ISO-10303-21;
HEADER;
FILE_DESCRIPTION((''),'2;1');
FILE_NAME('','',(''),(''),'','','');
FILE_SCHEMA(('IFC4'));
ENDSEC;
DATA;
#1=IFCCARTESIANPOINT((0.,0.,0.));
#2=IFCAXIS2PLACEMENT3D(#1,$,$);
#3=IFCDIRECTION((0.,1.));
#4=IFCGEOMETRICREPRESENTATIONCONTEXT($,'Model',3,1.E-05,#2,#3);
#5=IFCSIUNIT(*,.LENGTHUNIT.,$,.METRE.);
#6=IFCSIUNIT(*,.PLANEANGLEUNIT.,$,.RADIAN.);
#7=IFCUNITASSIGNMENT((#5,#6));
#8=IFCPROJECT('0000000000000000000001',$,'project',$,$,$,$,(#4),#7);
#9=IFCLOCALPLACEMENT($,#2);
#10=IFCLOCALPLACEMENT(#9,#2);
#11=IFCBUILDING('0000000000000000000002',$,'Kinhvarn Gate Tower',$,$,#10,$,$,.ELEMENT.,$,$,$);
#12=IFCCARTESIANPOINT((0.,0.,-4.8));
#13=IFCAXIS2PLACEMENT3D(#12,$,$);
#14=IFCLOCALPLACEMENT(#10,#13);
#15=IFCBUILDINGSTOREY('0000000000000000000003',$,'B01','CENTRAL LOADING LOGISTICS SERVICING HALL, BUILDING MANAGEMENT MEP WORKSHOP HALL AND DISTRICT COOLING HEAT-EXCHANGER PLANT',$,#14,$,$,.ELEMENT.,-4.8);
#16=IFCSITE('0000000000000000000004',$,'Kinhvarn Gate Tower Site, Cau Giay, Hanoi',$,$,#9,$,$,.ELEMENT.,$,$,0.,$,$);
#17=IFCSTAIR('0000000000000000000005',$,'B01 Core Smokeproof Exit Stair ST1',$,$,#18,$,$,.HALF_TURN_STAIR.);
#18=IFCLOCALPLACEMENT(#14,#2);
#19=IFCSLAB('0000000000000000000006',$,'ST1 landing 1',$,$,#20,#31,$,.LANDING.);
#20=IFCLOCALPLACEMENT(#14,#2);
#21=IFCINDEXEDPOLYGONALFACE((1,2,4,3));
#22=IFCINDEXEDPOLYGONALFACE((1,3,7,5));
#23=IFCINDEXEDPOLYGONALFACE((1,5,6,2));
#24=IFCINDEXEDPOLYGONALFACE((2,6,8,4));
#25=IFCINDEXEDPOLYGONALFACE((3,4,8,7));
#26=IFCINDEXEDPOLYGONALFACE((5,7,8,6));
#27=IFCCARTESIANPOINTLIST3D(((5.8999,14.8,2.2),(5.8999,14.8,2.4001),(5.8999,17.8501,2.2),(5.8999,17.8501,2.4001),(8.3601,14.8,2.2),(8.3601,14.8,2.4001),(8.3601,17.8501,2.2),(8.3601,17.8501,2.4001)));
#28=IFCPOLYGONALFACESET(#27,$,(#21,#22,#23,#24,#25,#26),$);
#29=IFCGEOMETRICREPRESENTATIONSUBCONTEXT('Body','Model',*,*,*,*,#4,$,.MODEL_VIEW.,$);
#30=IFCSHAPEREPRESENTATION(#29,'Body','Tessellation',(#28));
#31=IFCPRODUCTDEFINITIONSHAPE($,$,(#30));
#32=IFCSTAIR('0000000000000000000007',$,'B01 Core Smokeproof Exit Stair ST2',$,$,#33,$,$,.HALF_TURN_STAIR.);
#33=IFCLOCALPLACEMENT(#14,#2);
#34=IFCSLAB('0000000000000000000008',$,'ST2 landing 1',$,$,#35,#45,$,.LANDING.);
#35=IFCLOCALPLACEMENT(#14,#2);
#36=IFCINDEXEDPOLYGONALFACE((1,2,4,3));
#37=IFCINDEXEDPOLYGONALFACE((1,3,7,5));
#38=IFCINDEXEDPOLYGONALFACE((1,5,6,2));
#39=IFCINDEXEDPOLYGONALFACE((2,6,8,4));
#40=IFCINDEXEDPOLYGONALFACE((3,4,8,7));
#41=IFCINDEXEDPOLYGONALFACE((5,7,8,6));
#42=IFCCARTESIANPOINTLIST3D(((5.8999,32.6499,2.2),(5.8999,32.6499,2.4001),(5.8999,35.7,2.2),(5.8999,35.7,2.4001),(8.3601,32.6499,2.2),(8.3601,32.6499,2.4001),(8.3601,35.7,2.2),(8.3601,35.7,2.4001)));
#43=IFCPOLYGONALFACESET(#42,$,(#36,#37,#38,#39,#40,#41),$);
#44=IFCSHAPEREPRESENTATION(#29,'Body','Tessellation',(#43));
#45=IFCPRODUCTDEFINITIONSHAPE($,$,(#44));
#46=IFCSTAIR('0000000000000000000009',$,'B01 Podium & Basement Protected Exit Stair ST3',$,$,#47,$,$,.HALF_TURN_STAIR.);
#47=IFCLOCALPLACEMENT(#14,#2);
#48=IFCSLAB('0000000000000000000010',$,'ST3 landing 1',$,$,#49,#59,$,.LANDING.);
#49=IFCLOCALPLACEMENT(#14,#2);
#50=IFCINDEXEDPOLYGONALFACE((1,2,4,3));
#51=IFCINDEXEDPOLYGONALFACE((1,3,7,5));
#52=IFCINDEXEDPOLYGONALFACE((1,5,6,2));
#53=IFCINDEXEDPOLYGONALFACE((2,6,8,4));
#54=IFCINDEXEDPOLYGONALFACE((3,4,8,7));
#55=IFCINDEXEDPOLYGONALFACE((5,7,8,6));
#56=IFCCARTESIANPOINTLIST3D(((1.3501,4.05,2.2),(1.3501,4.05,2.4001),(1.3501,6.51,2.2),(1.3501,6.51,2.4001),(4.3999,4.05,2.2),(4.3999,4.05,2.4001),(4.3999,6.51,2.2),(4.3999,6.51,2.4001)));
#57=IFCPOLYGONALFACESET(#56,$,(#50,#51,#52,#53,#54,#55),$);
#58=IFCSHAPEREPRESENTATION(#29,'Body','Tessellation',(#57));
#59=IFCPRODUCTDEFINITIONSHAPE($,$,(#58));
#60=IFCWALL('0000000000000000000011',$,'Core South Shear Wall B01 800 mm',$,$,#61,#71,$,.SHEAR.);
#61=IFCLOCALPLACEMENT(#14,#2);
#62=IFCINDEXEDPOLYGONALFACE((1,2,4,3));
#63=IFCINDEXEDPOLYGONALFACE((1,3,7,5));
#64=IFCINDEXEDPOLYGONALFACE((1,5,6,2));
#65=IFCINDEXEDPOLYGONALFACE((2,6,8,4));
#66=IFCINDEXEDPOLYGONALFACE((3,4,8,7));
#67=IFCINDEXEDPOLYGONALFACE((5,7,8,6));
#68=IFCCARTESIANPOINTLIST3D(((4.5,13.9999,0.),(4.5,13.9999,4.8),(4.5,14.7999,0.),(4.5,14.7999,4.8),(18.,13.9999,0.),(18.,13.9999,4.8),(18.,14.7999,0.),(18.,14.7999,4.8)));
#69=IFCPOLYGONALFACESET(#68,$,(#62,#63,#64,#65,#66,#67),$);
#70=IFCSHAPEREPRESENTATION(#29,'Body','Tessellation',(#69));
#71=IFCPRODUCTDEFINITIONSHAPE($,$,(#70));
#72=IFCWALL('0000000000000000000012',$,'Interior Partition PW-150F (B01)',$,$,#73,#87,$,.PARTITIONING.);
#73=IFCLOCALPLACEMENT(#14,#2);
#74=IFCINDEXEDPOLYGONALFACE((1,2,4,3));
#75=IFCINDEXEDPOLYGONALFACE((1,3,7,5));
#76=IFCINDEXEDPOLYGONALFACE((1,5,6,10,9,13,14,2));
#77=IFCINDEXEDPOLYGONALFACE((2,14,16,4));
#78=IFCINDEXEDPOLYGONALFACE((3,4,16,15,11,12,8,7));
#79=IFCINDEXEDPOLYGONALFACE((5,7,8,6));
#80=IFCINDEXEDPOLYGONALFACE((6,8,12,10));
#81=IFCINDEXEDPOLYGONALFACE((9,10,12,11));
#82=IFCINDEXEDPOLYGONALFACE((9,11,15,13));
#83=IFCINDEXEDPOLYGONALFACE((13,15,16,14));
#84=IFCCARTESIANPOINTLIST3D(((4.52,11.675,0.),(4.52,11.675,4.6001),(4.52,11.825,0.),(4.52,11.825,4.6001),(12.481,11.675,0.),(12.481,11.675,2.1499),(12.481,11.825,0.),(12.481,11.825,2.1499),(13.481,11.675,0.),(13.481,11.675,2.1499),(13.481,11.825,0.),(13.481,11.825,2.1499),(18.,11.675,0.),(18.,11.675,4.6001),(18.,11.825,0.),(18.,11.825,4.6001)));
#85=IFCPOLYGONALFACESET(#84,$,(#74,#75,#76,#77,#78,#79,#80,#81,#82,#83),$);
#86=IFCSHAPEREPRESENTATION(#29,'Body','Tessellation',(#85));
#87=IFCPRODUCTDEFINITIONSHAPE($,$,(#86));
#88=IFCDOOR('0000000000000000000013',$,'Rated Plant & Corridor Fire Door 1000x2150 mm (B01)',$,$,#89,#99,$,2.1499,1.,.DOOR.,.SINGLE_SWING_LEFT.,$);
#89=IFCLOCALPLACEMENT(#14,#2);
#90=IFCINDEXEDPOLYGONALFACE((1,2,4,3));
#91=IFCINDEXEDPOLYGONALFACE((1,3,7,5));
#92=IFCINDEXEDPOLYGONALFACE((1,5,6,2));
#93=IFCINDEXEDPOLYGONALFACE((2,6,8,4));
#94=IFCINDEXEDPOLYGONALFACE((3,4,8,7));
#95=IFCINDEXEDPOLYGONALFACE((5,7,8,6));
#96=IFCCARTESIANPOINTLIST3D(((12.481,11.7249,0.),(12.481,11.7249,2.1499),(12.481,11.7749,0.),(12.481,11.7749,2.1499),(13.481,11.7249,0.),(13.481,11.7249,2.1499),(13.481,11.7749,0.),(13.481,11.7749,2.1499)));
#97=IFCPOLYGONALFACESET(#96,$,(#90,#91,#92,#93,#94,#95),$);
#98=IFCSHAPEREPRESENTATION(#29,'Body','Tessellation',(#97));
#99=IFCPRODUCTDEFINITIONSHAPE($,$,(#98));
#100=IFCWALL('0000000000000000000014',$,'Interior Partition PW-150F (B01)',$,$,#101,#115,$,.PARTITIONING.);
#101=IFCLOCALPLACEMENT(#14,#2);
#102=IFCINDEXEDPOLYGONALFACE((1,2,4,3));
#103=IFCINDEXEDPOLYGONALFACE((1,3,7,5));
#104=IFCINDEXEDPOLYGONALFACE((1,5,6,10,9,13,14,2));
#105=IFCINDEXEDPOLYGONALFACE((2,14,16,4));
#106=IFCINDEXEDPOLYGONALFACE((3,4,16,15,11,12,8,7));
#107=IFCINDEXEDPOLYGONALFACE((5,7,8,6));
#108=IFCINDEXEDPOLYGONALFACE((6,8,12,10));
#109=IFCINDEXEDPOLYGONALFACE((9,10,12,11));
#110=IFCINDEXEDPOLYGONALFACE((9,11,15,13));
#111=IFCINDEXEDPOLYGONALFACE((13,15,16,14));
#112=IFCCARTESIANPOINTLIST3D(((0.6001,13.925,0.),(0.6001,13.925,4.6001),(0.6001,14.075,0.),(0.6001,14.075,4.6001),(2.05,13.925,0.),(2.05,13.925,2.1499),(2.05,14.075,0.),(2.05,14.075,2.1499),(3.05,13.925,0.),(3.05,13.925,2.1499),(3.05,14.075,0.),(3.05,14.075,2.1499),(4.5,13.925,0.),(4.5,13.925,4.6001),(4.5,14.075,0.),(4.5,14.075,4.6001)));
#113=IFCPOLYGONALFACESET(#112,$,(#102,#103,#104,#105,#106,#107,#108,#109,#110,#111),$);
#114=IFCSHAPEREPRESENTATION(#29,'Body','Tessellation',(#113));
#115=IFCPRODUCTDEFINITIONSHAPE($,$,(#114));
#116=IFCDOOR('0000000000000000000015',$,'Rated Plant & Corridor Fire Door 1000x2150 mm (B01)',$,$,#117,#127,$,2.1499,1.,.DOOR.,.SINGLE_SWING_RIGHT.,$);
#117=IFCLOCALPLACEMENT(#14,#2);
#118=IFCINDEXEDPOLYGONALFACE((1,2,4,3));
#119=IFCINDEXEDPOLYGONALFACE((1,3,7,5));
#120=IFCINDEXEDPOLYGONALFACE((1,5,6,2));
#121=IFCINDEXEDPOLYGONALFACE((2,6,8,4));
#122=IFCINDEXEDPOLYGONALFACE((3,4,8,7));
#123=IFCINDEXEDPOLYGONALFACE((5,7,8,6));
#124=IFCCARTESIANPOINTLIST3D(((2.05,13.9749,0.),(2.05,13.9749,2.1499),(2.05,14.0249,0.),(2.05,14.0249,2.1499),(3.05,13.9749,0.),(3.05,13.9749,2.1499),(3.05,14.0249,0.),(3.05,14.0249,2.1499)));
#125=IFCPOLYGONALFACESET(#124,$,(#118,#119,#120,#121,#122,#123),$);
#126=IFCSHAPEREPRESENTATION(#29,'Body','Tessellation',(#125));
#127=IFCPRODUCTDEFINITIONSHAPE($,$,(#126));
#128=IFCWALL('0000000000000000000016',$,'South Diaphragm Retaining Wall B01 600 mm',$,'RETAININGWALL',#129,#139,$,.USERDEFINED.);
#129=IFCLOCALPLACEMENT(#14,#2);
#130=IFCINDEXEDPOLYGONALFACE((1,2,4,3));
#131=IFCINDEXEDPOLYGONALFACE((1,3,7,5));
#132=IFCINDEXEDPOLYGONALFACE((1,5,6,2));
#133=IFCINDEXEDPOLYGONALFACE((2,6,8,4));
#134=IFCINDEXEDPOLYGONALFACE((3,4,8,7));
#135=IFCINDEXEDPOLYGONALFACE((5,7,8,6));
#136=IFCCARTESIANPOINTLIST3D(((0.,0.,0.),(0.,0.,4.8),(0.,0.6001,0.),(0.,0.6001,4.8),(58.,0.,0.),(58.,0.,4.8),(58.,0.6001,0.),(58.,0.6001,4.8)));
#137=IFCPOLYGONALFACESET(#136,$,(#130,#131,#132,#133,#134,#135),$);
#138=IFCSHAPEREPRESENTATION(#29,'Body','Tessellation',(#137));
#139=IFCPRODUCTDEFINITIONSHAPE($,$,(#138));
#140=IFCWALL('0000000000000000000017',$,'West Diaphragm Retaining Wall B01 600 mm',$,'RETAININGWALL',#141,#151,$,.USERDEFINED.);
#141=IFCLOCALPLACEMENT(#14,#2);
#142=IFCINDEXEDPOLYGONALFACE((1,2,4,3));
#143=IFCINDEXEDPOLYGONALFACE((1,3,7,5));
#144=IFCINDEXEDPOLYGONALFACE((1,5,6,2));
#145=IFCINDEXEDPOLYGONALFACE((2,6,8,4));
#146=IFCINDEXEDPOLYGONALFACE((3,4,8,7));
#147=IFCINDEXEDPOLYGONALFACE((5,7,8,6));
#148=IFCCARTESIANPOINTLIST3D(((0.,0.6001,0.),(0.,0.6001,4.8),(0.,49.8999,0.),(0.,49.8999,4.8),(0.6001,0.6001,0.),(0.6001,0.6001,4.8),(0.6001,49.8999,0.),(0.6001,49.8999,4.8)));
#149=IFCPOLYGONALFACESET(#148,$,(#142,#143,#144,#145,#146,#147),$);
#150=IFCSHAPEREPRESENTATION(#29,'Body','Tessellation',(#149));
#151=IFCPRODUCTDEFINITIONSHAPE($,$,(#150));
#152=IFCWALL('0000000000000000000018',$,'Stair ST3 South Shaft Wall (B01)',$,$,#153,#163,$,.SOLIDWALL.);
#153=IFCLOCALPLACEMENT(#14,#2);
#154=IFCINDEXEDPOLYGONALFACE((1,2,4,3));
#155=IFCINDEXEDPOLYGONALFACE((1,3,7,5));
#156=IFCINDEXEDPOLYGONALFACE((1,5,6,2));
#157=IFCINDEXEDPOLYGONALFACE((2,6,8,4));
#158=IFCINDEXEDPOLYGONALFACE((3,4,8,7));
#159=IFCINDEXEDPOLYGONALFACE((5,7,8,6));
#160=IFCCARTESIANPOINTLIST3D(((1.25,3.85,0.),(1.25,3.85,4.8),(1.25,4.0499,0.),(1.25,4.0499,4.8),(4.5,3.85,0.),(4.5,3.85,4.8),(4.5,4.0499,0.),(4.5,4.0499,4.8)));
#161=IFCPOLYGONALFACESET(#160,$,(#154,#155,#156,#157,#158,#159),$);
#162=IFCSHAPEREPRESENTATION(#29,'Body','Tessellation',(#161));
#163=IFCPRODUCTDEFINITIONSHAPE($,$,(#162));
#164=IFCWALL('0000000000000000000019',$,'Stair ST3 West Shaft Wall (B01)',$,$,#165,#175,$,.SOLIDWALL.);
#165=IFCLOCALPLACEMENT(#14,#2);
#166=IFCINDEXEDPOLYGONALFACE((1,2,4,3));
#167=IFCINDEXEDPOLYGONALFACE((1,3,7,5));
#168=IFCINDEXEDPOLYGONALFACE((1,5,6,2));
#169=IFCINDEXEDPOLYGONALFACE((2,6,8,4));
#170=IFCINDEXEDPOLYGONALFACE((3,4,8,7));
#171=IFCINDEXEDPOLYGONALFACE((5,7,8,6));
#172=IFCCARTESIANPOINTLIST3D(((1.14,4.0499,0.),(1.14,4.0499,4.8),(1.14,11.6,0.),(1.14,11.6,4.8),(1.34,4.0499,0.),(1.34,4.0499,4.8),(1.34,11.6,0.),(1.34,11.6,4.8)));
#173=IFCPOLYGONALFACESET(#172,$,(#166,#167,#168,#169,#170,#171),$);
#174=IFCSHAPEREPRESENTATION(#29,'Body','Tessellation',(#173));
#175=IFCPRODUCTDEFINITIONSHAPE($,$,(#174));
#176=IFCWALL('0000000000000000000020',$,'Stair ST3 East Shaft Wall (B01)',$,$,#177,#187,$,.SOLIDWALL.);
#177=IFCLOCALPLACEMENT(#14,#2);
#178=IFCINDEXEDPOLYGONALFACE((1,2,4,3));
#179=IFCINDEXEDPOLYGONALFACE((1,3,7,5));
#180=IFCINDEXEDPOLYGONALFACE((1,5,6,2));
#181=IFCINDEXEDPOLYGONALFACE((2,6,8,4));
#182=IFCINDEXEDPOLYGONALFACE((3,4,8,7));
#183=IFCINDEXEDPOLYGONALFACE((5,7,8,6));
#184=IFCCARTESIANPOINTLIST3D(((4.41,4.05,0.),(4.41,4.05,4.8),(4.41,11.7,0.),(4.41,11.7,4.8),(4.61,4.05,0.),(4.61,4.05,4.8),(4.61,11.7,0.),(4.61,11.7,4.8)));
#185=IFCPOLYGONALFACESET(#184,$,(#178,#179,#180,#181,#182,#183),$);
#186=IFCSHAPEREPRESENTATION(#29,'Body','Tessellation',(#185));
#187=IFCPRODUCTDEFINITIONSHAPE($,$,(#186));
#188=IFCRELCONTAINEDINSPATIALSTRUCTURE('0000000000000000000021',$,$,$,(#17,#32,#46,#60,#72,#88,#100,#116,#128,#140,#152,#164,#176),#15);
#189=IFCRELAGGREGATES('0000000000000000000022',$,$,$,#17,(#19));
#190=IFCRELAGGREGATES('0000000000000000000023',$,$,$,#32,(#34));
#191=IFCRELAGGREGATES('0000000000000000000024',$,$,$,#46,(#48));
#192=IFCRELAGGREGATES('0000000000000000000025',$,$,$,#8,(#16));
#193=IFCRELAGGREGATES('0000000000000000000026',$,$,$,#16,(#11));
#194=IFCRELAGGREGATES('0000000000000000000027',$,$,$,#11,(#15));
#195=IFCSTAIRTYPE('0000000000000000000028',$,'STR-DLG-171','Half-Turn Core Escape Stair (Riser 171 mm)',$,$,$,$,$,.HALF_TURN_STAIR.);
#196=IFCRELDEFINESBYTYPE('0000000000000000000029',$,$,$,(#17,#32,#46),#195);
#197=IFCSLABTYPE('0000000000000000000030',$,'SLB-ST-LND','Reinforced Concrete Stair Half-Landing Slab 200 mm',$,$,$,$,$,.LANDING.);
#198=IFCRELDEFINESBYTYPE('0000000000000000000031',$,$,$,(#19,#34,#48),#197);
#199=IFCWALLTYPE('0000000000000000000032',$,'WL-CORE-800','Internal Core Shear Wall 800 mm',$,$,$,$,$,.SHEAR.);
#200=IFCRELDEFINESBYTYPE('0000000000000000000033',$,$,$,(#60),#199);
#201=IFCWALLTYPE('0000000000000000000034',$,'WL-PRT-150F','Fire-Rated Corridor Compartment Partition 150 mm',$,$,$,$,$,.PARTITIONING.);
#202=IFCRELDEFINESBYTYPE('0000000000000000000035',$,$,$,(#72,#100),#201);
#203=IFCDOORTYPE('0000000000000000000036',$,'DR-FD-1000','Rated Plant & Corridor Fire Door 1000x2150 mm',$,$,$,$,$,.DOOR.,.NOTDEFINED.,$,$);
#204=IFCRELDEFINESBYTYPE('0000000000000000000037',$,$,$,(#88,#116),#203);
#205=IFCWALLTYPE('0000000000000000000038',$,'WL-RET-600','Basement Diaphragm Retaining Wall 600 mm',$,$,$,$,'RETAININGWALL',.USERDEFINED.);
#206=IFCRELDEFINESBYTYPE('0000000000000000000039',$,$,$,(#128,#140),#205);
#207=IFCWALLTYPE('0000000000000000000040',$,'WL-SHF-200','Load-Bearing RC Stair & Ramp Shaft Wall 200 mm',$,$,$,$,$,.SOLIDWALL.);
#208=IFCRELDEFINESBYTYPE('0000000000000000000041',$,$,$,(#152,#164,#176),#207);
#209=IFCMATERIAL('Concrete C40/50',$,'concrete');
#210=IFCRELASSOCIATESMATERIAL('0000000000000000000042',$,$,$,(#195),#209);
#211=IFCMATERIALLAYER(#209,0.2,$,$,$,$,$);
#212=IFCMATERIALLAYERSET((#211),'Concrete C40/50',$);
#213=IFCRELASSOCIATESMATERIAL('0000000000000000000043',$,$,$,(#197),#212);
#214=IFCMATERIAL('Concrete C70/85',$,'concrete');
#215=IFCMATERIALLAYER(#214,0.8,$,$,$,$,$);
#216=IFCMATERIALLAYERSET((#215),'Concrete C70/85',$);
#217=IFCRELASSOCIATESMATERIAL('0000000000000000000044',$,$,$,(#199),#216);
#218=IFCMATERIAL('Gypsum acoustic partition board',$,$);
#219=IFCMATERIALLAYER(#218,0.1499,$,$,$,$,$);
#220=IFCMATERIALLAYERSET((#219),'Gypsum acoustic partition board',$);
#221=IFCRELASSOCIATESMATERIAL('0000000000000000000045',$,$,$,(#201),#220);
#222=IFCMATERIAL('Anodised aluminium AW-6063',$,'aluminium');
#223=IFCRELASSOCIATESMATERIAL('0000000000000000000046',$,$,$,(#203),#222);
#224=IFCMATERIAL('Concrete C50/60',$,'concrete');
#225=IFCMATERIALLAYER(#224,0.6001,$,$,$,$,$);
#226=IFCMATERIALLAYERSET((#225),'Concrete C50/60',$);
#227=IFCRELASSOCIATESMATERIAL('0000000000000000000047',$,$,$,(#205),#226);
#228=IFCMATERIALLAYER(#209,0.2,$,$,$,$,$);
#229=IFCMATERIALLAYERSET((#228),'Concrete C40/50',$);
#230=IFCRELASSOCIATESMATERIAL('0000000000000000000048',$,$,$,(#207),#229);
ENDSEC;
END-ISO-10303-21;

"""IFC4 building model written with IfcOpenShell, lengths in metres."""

from ifc_helpers import new_model, si_unit, direction, frame, frame_2d, origin, place, context, subcontext, project, spatial, polyline, rectangle, outline, extrude, material, layer, layer_set, type_object, element, fill, aggregate, save


model = new_model("IFC4")

# Units and contexts
model_context = context("Model", 3, precision=1e-05, world=origin(), true_north=direction((0.0, 1.0)))
body_context = subcontext(model_context, "Body", "Model", "MODEL_VIEW")
ifc_project = project(units=[si_unit("LENGTHUNIT", "METRE"), si_unit("PLANEANGLEUNIT", "RADIAN")], contexts=[model_context])

# Site, building, storey
site_placement = place(None, origin())
site = spatial("IfcSite", under=ifc_project, at=site_placement, Name="Kinhvarn Gate Tower Site, Cau Giay, Hanoi", CompositionType="ELEMENT", RefElevation=0.0)
building_placement = place(site_placement, origin())
building = spatial("IfcBuilding", under=site, at=building_placement, Name="Kinhvarn Gate Tower", CompositionType="ELEMENT")
storey_placement = place(building_placement, frame((0.0, 0.0, -4.8)))
storey = spatial("IfcBuildingStorey", under=building, at=storey_placement, Name="B01", Description="CENTRAL LOADING LOGISTICS SERVICING HALL, BUILDING MANAGEMENT MEP WORKSHOP HALL AND DISTRICT COOLING HEAT-EXCHANGER PLANT", CompositionType="ELEMENT", Elevation=-4.8)

# Shared definitions
ifc_material_1 = material(Name="Concrete C50/60", Category="concrete")

# Shared definitions
ifc_material_2 = material(Name="Concrete C40/50", Category="concrete")

# Stairs, slabs
stair_type = type_object("IfcStairType", Name="STR-DLG-171", Description="Half-Turn Core Escape Stair (Riser 171 mm)", PredefinedType="HALF_TURN_STAIR", material=ifc_material_2)
stair_1_placement = place(storey_placement, origin())
stair_1 = element("IfcStair", 1, at=stair_1_placement, inside=storey, type_object=stair_type, Name="B01 Core Smokeproof Exit Stair ST1", PredefinedType="HALF_TURN_STAIR")
ifc_layer_1 = layer(ifc_material_2, 0.2)
ifc_layer_set_1 = layer_set([ifc_layer_1], Name="Concrete C40/50")
slab_type_1 = type_object("IfcSlabType", Name="SLB-ST-LND", Description="Reinforced Concrete Stair Half-Landing Slab 200 mm", PredefinedType="LANDING", material=ifc_layer_set_1)
slab_1_placement = place(storey_placement, frame((0.0, 0.0, 2.2)))
slab_1 = element("IfcSlab", 2, at=slab_1_placement, type_object=slab_type_1, Name="ST1 landing 1", PredefinedType="LANDING", context=body_context, shape_type="SweptSolid", body=[
    extrude(outline(polyline([(8.3601, 17.8501), (5.8999, 17.8501), (5.8999, 14.8), (8.3601, 14.8), (8.3601, 17.8501)])), origin(), (0.0, 0.0, 1.0), 0.2002),
])
aggregate(stair_1, [slab_1])
stair_2_placement = place(storey_placement, origin())
stair_2 = element("IfcStair", 3, at=stair_2_placement, inside=storey, type_object=stair_type, Name="B01 Core Smokeproof Exit Stair ST2", PredefinedType="HALF_TURN_STAIR")
slab_2_placement = place(storey_placement, frame((0.0, 0.0, 2.2)))
slab_2 = element("IfcSlab", 4, at=slab_2_placement, type_object=slab_type_1, Name="ST2 landing 1", PredefinedType="LANDING", context=body_context, shape_type="SweptSolid", body=[
    extrude(outline(polyline([(8.3601, 35.7), (5.8999, 35.7), (5.8999, 32.6499), (8.3601, 32.6499), (8.3601, 35.7)])), origin(), (0.0, 0.0, 1.0), 0.2002),
])
aggregate(stair_2, [slab_2])
stair_3_placement = place(storey_placement, origin())
stair_3 = element("IfcStair", 5, at=stair_3_placement, inside=storey, type_object=stair_type, Name="B01 Podium & Basement Protected Exit Stair ST3", PredefinedType="HALF_TURN_STAIR")
slab_3_placement = place(storey_placement, frame((0.0, 0.0, 2.2)))
slab_3 = element("IfcSlab", 6, at=slab_3_placement, type_object=slab_type_1, Name="ST3 landing 1", PredefinedType="LANDING", context=body_context, shape_type="SweptSolid", body=[
    extrude(outline(polyline([(1.3501, 6.51), (1.3501, 4.05), (4.3999, 4.05), (4.3999, 6.51), (1.3501, 6.51)])), origin(), (0.0, 0.0, 1.0), 0.2002),
])

# Wall
ifc_material_3 = material(Name="Concrete C70/85", Category="concrete")
ifc_layer_2 = layer(ifc_material_3, 0.8)
ifc_layer_set_2 = layer_set([ifc_layer_2], Name="Concrete C70/85")
wall_type_1 = type_object("IfcWallType", Name="WL-CORE-800", Description="Internal Core Shear Wall 800 mm", PredefinedType="SHEAR", material=ifc_layer_set_2)
wall_1_placement = place(storey_placement, frame((4.5, 14.3999, 0.0), z_axis=(0.0, 0.0, 1.0), x_axis=(1.0, 0.0, 0.0)))
element("IfcWall", 7, at=wall_1_placement, inside=storey, type_object=wall_type_1, Name="Core South Shear Wall B01 800 mm", PredefinedType="SHEAR", context=body_context, shape_type="SweptSolid", body=[
    extrude(rectangle(XDim=13.5, YDim=0.8, at=frame_2d((6.75, 0.0))), origin(), (0.0, 0.0, 1.0), 4.8),
])

# Walls, openings, doors
ifc_material_4 = material(Name="Gypsum acoustic partition board")
ifc_layer_3 = layer(ifc_material_4, 0.1499)
ifc_layer_set_3 = layer_set([ifc_layer_3], Name="Gypsum acoustic partition board")
wall_type_2 = type_object("IfcWallType", Name="WL-PRT-150F", Description="Fire-Rated Corridor Compartment Partition 150 mm", PredefinedType="PARTITIONING", material=ifc_layer_set_3)
wall_2_placement = place(storey_placement, frame((4.52, 11.75, 0.0), z_axis=(0.0, 0.0, 1.0), x_axis=(1.0, 0.0, 0.0)))
wall_2 = element("IfcWall", 8, at=wall_2_placement, inside=storey, type_object=wall_type_2, Name="Interior Partition PW-150F (B01)", PredefinedType="PARTITIONING", context=body_context, shape_type="SweptSolid", body=[
    extrude(rectangle(XDim=13.48, YDim=0.1499, at=frame_2d((6.74, 0.0))), origin(), (0.0, 0.0, 1.0), 4.6001),
])
opening_1_placement = place(wall_2_placement, frame((7.9609, 0.0, 0.0)))
opening_1 = element("IfcOpeningElement", 9, at=opening_1_placement, cuts=wall_2, PredefinedType="OPENING", context=body_context, shape_type="SweptSolid", body=[
    extrude(rectangle(XDim=1.0, YDim=2.1499, at=frame_2d((0.5, 1.075))), frame((0.0, 0.085, 0.0), z_axis=(0.0, -1.0, 0.0), x_axis=(1.0, 0.0, 0.0)), (0.0, 0.0, 1.0), 0.1699),
])
ifc_material_5 = material(Name="Anodised aluminium AW-6063", Category="aluminium")
door_type_1 = type_object("IfcDoorType", Name="DR-FD-1000", Description="Rated Plant & Corridor Fire Door 1000x2150 mm", OperationType="NOTDEFINED", PredefinedType="DOOR", material=ifc_material_5)
door_1_placement = place(opening_1_placement, origin())
door_1 = element("IfcDoor", 10, at=door_1_placement, inside=storey, type_object=door_type_1, Name="Rated Plant & Corridor Fire Door 1000x2150 mm (B01)", OperationType="SINGLE_SWING_LEFT", OverallHeight=2.1499, OverallWidth=1.0, PredefinedType="DOOR", context=body_context, shape_type="SweptSolid", body=[
    extrude(rectangle(XDim=1.0, YDim=2.1499, at=frame_2d((0.5, 1.075))), frame((0.0, 0.0249, 0.0), z_axis=(0.0, -1.0, 0.0), x_axis=(1.0, 0.0, 0.0)), (0.0, 0.0, 1.0), 0.05),
])
fill(opening_1, door_1)
wall_3_placement = place(storey_placement, frame((0.6001, 14.0, 0.0), z_axis=(0.0, 0.0, 1.0), x_axis=(1.0, 0.0, 0.0)))
wall_3 = element("IfcWall", 11, at=wall_3_placement, inside=storey, type_object=wall_type_2, Name="Interior Partition PW-150F (B01)", PredefinedType="PARTITIONING", context=body_context, shape_type="SweptSolid", body=[
    extrude(rectangle(XDim=3.8999, YDim=0.1499, at=frame_2d((1.95, 0.0))), origin(), (0.0, 0.0, 1.0), 4.6001),
])
opening_2_placement = place(wall_3_placement, frame((1.45, 0.0, 0.0)))
opening_2 = element("IfcOpeningElement", 12, at=opening_2_placement, cuts=wall_3, PredefinedType="OPENING", context=body_context, shape_type="SweptSolid", body=[
    extrude(rectangle(XDim=1.0, YDim=2.1499, at=frame_2d((0.5, 1.075))), frame((0.0, 0.085, 0.0), z_axis=(0.0, -1.0, 0.0), x_axis=(1.0, 0.0, 0.0)), (0.0, 0.0, 1.0), 0.1699),
])
door_2_placement = place(opening_2_placement, origin())
door_2 = element("IfcDoor", 13, at=door_2_placement, inside=storey, type_object=door_type_1, Name="Rated Plant & Corridor Fire Door 1000x2150 mm (B01)", OperationType="SINGLE_SWING_RIGHT", OverallHeight=2.1499, OverallWidth=1.0, PredefinedType="DOOR", context=body_context, shape_type="SweptSolid", body=[
    extrude(rectangle(XDim=1.0, YDim=2.1499, at=frame_2d((0.5, 1.075))), frame((0.0, 0.0249, 0.0), z_axis=(0.0, -1.0, 0.0), x_axis=(1.0, 0.0, 0.0)), (0.0, 0.0, 1.0), 0.05),
])
fill(opening_2, door_2)

# Walls
ifc_layer_4 = layer(ifc_material_1, 0.6001)
ifc_layer_set_4 = layer_set([ifc_layer_4], Name="Concrete C50/60")
wall_type_3 = type_object("IfcWallType", Name="WL-RET-600", Description="Basement Diaphragm Retaining Wall 600 mm", ElementType="RETAININGWALL", PredefinedType="USERDEFINED", material=ifc_layer_set_4)
wall_4_placement = place(storey_placement, frame((0.0, 0.3, 0.0), z_axis=(0.0, 0.0, 1.0), x_axis=(1.0, 0.0, 0.0)))
element("IfcWall", 14, at=wall_4_placement, inside=storey, type_object=wall_type_3, Name="South Diaphragm Retaining Wall B01 600 mm", ObjectType="RETAININGWALL", PredefinedType="USERDEFINED", context=body_context, shape_type="SweptSolid", body=[
    extrude(rectangle(XDim=58.0, YDim=0.6001, at=frame_2d((29.0, 0.0))), origin(), (0.0, 0.0, 1.0), 4.8),
])
wall_5_placement = place(storey_placement, frame((0.3, 0.6001, 0.0), z_axis=(0.0, 0.0, 1.0), x_axis=(0.0, 1.0, 0.0)))
element("IfcWall", 15, at=wall_5_placement, inside=storey, type_object=wall_type_3, Name="West Diaphragm Retaining Wall B01 600 mm", ObjectType="RETAININGWALL", PredefinedType="USERDEFINED", context=body_context, shape_type="SweptSolid", body=[
    extrude(rectangle(XDim=49.2998, YDim=0.6001, at=frame_2d((24.6499, 0.0))), origin(), (0.0, 0.0, 1.0), 4.8),
])
ifc_layer_5 = layer(ifc_material_2, 0.2)
ifc_layer_set_5 = layer_set([ifc_layer_5], Name="Concrete C40/50")
wall_type_4 = type_object("IfcWallType", Name="WL-SHF-200", Description="Load-Bearing RC Stair & Ramp Shaft Wall 200 mm", PredefinedType="SOLIDWALL", material=ifc_layer_set_5)
wall_6_placement = place(storey_placement, frame((1.25, 3.95, 0.0), z_axis=(0.0, 0.0, 1.0), x_axis=(1.0, 0.0, 0.0)))
element("IfcWall", 16, at=wall_6_placement, inside=storey, type_object=wall_type_4, Name="Stair ST3 South Shaft Wall (B01)", PredefinedType="SOLIDWALL", context=body_context, shape_type="SweptSolid", body=[
    extrude(rectangle(XDim=3.25, YDim=0.2, at=frame_2d((1.625, 0.0))), origin(), (0.0, 0.0, 1.0), 4.8),
])
wall_7_placement = place(storey_placement, frame((1.24, 4.05, 0.0), z_axis=(0.0, 0.0, 1.0), x_axis=(0.0, 1.0, 0.0)))
element("IfcWall", 17, at=wall_7_placement, inside=storey, type_object=wall_type_4, Name="Stair ST3 West Shaft Wall (B01)", PredefinedType="SOLIDWALL", context=body_context, shape_type="SweptSolid", body=[
    extrude(rectangle(XDim=7.55, YDim=0.2, at=frame_2d((3.7749, 0.0))), origin(), (0.0, 0.0, 1.0), 4.8),
])
wall_8_placement = place(storey_placement, frame((4.51, 4.05, 0.0), z_axis=(0.0, 0.0, 1.0), x_axis=(0.0, 1.0, 0.0)))
element("IfcWall", 18, at=wall_8_placement, inside=storey, type_object=wall_type_4, Name="Stair ST3 East Shaft Wall (B01)", PredefinedType="SOLIDWALL", context=body_context, shape_type="SweptSolid", body=[
    extrude(rectangle(XDim=7.6499, YDim=0.2, at=frame_2d((3.825, 0.0))), origin(), (0.0, 0.0, 1.0), 4.8),
])

aggregate(stair_3, [slab_3])

save(model, "model.ifc")
